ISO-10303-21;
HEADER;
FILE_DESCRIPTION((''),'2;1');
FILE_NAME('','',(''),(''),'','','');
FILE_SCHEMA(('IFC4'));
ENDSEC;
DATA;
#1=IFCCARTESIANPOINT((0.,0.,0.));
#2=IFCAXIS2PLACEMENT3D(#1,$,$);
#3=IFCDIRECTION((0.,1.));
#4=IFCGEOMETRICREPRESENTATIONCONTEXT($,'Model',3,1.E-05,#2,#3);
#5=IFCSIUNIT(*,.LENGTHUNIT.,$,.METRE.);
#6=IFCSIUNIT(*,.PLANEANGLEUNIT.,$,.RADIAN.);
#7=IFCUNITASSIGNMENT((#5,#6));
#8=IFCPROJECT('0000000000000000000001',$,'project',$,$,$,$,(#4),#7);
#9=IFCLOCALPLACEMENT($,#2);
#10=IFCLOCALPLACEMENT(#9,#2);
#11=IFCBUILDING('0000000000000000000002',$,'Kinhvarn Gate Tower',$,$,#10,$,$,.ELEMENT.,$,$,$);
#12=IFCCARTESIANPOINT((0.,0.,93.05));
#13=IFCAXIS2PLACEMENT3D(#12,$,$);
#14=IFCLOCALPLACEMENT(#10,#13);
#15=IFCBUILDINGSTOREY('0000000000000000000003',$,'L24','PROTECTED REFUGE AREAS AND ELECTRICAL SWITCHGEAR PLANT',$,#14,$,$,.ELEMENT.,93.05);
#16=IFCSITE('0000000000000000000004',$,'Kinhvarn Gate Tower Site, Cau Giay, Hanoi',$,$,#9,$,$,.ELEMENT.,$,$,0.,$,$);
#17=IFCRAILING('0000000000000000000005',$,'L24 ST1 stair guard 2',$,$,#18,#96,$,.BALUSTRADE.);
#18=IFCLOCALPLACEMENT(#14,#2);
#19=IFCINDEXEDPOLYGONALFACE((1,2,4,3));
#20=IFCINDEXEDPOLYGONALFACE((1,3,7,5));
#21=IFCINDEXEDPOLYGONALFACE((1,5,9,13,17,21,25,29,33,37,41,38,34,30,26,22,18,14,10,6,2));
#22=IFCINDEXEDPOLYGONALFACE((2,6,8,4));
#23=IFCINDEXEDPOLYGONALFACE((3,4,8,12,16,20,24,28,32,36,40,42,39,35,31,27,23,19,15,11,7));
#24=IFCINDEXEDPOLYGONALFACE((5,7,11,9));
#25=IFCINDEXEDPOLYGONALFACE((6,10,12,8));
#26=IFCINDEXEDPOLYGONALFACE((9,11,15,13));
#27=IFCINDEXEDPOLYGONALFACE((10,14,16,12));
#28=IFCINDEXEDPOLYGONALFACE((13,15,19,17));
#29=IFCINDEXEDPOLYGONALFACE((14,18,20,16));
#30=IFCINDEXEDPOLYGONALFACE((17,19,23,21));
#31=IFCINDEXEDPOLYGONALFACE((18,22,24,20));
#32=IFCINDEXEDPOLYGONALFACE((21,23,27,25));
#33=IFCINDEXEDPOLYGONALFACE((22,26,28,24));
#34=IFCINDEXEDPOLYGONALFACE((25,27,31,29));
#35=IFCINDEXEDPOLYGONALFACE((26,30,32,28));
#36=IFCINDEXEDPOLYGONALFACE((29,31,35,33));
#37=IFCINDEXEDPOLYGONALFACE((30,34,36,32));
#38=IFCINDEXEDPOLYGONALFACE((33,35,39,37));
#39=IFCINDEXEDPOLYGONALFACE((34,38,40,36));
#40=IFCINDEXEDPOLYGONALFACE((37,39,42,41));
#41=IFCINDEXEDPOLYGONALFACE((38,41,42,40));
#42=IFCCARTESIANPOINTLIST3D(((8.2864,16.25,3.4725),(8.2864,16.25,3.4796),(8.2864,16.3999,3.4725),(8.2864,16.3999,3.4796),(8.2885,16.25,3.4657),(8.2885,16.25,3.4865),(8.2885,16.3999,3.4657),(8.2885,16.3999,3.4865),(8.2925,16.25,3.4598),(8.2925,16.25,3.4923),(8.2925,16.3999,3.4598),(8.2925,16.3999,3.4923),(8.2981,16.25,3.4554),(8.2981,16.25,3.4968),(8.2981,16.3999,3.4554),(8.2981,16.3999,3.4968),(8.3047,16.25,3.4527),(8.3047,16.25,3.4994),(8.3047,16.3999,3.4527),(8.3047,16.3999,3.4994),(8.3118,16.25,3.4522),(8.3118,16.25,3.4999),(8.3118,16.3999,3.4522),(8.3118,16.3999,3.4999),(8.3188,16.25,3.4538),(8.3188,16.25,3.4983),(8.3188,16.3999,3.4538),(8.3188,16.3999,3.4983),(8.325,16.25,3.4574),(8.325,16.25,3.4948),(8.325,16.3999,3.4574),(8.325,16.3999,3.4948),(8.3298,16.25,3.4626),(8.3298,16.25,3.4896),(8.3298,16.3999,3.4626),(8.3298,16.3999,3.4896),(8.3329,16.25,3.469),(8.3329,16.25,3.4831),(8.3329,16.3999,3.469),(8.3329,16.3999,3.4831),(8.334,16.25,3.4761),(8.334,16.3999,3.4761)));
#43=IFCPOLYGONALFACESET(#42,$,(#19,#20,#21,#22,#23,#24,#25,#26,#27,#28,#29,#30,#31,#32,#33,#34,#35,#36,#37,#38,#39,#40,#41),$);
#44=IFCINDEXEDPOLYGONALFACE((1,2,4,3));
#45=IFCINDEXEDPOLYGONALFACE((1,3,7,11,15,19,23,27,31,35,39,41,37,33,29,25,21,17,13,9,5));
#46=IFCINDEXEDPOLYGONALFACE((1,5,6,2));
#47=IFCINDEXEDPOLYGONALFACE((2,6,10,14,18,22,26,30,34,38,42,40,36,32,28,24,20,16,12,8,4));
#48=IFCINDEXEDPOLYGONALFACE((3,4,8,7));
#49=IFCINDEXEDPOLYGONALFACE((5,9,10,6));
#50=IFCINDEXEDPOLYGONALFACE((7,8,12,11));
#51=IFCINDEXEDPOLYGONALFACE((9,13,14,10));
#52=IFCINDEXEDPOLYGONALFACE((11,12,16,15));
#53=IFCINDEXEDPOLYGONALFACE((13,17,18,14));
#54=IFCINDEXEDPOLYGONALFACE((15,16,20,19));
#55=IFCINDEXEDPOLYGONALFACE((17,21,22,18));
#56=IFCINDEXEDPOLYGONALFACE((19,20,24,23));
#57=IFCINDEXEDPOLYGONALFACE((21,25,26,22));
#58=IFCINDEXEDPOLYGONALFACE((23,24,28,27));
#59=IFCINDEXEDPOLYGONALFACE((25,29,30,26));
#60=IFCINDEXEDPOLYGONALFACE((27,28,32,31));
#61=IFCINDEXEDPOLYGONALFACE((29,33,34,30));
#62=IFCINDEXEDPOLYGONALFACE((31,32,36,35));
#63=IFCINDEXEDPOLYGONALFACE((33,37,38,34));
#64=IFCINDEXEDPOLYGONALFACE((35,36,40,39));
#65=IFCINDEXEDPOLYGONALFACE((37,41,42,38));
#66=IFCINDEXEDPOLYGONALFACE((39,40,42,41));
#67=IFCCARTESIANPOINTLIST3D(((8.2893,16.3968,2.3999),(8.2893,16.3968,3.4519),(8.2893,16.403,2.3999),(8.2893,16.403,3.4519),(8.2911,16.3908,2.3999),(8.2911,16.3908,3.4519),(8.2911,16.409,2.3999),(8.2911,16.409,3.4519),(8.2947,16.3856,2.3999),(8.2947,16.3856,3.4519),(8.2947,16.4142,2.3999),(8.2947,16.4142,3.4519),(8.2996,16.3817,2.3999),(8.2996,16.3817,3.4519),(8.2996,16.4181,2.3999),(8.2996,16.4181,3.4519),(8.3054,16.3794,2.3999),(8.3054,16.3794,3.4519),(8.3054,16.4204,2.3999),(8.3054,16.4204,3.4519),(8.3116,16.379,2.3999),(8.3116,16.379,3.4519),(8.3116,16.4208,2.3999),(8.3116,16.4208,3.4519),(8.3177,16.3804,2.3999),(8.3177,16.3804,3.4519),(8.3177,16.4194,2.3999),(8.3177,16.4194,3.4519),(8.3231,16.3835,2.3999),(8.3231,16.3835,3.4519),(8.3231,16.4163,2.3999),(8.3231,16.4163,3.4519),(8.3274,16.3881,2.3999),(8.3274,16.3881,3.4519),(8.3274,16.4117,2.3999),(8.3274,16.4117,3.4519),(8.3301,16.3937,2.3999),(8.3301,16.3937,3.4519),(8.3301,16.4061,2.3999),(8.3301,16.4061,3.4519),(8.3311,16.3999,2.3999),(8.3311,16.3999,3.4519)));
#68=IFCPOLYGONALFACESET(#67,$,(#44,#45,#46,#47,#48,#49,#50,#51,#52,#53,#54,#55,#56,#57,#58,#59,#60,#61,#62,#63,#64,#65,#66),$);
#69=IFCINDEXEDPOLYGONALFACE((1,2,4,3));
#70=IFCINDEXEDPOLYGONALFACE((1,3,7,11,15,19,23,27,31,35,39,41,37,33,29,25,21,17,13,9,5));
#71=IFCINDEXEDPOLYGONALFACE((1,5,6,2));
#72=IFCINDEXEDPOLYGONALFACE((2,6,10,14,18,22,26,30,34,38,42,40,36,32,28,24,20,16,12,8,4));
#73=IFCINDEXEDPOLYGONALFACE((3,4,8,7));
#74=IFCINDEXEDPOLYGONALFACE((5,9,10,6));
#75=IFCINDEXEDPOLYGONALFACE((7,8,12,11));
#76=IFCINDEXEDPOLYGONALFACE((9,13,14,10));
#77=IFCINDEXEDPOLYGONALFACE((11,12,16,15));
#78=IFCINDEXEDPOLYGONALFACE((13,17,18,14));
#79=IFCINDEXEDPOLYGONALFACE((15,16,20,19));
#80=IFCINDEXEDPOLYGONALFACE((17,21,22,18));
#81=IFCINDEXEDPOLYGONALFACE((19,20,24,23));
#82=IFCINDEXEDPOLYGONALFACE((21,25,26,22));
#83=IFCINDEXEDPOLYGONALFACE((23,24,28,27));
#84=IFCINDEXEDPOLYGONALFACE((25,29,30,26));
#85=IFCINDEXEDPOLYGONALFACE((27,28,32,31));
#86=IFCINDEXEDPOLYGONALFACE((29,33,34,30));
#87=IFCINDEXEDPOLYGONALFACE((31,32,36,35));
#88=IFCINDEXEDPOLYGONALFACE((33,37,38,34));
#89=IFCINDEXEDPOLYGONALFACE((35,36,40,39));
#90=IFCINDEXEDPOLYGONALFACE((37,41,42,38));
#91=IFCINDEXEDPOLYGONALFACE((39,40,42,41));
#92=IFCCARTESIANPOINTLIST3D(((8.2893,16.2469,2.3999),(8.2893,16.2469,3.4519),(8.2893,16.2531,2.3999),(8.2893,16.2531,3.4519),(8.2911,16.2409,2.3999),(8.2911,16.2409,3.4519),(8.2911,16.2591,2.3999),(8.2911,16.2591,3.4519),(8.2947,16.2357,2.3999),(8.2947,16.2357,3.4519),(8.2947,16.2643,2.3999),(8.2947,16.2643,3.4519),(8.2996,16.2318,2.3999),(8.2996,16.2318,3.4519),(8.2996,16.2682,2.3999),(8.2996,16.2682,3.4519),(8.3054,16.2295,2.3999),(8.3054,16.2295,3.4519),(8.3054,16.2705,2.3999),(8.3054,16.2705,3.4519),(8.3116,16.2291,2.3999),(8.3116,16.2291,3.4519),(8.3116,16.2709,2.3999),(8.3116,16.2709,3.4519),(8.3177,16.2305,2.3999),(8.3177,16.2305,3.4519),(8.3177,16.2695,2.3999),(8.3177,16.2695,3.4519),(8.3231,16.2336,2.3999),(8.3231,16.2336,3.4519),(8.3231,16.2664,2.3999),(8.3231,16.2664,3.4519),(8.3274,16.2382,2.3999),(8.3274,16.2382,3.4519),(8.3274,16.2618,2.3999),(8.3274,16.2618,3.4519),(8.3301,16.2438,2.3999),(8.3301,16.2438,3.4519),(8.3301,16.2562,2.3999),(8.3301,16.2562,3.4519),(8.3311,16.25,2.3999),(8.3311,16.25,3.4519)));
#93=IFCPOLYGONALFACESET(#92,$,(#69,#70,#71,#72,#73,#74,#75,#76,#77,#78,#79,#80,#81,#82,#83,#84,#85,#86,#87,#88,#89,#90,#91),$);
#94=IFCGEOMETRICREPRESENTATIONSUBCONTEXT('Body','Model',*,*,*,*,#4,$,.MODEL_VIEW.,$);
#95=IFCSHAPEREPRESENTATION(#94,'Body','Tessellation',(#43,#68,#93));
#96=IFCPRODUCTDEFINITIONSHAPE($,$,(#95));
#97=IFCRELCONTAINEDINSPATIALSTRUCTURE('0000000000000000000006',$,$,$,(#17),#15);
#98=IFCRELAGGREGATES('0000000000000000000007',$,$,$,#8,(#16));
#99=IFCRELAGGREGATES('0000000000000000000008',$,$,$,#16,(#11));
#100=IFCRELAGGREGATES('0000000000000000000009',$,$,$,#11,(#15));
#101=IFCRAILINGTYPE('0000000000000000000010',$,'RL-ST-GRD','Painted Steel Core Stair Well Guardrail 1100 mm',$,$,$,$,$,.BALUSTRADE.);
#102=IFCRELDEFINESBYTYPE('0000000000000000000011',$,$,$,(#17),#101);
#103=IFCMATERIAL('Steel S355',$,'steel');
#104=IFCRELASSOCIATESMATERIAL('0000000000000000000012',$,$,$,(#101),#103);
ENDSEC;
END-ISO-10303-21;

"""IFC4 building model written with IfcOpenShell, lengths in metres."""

from ifc_helpers import new_model, si_unit, direction, frame, origin, origin_2d, place, context, subcontext, project, spatial, circle, extrude, material, type_object, element, save


model = new_model("IFC4")

# Units and contexts
model_context = context("Model", 3, precision=1e-05, world=origin(), true_north=direction((0.0, 1.0)))
body_context = subcontext(model_context, "Body", "Model", "MODEL_VIEW")
ifc_project = project(units=[si_unit("LENGTHUNIT", "METRE"), si_unit("PLANEANGLEUNIT", "RADIAN")], contexts=[model_context])

# Site, building, storey
site_placement = place(None, origin())
site = spatial("IfcSite", under=ifc_project, at=site_placement, Name="Kinhvarn Gate Tower Site, Cau Giay, Hanoi", CompositionType="ELEMENT", RefElevation=0.0)
building_placement = place(site_placement, origin())
building = spatial("IfcBuilding", under=site, at=building_placement, Name="Kinhvarn Gate Tower", CompositionType="ELEMENT")
storey_placement = place(building_placement, frame((0.0, 0.0, 93.05)))
storey = spatial("IfcBuildingStorey", under=building, at=storey_placement, Name="L24", Description="PROTECTED REFUGE AREAS AND ELECTRICAL SWITCHGEAR PLANT", CompositionType="ELEMENT", Elevation=93.05)

# Shared definitions
ifc_material_1 = material(Name="Steel S355", Category="steel")

# Railing
railing_type_1 = type_object("IfcRailingType", Name="RL-ST-GRD", Description="Painted Steel Core Stair Well Guardrail 1100 mm", PredefinedType="BALUSTRADE", material=ifc_material_1)
railing_1_placement = place(storey_placement, frame((8.3101, 16.3999, 2.3999)))
element("IfcRailing", 1, at=railing_1_placement, inside=storey, type_object=railing_type_1, Name="L24 ST1 stair guard 2", PredefinedType="BALUSTRADE", context=body_context, shape_type="SweptSolid", body=[
    extrude(circle(Radius=0.0239, at=origin_2d()), frame((0.0, 0.0, 1.0762), z_axis=(0.0, -1.0, 0.0), x_axis=(1.0, 0.0, 0.0)), (0.0, 0.0, 1.0), 0.1499),
    extrude(circle(Radius=0.021, at=origin_2d()), origin(), (0.0, 0.0, 1.0), 1.052),
    extrude(circle(Radius=0.021, at=origin_2d()), frame((0.0, -0.1499, 0.0)), (0.0, 0.0, 1.0), 1.052),
])

save(model, "model.ifc")
